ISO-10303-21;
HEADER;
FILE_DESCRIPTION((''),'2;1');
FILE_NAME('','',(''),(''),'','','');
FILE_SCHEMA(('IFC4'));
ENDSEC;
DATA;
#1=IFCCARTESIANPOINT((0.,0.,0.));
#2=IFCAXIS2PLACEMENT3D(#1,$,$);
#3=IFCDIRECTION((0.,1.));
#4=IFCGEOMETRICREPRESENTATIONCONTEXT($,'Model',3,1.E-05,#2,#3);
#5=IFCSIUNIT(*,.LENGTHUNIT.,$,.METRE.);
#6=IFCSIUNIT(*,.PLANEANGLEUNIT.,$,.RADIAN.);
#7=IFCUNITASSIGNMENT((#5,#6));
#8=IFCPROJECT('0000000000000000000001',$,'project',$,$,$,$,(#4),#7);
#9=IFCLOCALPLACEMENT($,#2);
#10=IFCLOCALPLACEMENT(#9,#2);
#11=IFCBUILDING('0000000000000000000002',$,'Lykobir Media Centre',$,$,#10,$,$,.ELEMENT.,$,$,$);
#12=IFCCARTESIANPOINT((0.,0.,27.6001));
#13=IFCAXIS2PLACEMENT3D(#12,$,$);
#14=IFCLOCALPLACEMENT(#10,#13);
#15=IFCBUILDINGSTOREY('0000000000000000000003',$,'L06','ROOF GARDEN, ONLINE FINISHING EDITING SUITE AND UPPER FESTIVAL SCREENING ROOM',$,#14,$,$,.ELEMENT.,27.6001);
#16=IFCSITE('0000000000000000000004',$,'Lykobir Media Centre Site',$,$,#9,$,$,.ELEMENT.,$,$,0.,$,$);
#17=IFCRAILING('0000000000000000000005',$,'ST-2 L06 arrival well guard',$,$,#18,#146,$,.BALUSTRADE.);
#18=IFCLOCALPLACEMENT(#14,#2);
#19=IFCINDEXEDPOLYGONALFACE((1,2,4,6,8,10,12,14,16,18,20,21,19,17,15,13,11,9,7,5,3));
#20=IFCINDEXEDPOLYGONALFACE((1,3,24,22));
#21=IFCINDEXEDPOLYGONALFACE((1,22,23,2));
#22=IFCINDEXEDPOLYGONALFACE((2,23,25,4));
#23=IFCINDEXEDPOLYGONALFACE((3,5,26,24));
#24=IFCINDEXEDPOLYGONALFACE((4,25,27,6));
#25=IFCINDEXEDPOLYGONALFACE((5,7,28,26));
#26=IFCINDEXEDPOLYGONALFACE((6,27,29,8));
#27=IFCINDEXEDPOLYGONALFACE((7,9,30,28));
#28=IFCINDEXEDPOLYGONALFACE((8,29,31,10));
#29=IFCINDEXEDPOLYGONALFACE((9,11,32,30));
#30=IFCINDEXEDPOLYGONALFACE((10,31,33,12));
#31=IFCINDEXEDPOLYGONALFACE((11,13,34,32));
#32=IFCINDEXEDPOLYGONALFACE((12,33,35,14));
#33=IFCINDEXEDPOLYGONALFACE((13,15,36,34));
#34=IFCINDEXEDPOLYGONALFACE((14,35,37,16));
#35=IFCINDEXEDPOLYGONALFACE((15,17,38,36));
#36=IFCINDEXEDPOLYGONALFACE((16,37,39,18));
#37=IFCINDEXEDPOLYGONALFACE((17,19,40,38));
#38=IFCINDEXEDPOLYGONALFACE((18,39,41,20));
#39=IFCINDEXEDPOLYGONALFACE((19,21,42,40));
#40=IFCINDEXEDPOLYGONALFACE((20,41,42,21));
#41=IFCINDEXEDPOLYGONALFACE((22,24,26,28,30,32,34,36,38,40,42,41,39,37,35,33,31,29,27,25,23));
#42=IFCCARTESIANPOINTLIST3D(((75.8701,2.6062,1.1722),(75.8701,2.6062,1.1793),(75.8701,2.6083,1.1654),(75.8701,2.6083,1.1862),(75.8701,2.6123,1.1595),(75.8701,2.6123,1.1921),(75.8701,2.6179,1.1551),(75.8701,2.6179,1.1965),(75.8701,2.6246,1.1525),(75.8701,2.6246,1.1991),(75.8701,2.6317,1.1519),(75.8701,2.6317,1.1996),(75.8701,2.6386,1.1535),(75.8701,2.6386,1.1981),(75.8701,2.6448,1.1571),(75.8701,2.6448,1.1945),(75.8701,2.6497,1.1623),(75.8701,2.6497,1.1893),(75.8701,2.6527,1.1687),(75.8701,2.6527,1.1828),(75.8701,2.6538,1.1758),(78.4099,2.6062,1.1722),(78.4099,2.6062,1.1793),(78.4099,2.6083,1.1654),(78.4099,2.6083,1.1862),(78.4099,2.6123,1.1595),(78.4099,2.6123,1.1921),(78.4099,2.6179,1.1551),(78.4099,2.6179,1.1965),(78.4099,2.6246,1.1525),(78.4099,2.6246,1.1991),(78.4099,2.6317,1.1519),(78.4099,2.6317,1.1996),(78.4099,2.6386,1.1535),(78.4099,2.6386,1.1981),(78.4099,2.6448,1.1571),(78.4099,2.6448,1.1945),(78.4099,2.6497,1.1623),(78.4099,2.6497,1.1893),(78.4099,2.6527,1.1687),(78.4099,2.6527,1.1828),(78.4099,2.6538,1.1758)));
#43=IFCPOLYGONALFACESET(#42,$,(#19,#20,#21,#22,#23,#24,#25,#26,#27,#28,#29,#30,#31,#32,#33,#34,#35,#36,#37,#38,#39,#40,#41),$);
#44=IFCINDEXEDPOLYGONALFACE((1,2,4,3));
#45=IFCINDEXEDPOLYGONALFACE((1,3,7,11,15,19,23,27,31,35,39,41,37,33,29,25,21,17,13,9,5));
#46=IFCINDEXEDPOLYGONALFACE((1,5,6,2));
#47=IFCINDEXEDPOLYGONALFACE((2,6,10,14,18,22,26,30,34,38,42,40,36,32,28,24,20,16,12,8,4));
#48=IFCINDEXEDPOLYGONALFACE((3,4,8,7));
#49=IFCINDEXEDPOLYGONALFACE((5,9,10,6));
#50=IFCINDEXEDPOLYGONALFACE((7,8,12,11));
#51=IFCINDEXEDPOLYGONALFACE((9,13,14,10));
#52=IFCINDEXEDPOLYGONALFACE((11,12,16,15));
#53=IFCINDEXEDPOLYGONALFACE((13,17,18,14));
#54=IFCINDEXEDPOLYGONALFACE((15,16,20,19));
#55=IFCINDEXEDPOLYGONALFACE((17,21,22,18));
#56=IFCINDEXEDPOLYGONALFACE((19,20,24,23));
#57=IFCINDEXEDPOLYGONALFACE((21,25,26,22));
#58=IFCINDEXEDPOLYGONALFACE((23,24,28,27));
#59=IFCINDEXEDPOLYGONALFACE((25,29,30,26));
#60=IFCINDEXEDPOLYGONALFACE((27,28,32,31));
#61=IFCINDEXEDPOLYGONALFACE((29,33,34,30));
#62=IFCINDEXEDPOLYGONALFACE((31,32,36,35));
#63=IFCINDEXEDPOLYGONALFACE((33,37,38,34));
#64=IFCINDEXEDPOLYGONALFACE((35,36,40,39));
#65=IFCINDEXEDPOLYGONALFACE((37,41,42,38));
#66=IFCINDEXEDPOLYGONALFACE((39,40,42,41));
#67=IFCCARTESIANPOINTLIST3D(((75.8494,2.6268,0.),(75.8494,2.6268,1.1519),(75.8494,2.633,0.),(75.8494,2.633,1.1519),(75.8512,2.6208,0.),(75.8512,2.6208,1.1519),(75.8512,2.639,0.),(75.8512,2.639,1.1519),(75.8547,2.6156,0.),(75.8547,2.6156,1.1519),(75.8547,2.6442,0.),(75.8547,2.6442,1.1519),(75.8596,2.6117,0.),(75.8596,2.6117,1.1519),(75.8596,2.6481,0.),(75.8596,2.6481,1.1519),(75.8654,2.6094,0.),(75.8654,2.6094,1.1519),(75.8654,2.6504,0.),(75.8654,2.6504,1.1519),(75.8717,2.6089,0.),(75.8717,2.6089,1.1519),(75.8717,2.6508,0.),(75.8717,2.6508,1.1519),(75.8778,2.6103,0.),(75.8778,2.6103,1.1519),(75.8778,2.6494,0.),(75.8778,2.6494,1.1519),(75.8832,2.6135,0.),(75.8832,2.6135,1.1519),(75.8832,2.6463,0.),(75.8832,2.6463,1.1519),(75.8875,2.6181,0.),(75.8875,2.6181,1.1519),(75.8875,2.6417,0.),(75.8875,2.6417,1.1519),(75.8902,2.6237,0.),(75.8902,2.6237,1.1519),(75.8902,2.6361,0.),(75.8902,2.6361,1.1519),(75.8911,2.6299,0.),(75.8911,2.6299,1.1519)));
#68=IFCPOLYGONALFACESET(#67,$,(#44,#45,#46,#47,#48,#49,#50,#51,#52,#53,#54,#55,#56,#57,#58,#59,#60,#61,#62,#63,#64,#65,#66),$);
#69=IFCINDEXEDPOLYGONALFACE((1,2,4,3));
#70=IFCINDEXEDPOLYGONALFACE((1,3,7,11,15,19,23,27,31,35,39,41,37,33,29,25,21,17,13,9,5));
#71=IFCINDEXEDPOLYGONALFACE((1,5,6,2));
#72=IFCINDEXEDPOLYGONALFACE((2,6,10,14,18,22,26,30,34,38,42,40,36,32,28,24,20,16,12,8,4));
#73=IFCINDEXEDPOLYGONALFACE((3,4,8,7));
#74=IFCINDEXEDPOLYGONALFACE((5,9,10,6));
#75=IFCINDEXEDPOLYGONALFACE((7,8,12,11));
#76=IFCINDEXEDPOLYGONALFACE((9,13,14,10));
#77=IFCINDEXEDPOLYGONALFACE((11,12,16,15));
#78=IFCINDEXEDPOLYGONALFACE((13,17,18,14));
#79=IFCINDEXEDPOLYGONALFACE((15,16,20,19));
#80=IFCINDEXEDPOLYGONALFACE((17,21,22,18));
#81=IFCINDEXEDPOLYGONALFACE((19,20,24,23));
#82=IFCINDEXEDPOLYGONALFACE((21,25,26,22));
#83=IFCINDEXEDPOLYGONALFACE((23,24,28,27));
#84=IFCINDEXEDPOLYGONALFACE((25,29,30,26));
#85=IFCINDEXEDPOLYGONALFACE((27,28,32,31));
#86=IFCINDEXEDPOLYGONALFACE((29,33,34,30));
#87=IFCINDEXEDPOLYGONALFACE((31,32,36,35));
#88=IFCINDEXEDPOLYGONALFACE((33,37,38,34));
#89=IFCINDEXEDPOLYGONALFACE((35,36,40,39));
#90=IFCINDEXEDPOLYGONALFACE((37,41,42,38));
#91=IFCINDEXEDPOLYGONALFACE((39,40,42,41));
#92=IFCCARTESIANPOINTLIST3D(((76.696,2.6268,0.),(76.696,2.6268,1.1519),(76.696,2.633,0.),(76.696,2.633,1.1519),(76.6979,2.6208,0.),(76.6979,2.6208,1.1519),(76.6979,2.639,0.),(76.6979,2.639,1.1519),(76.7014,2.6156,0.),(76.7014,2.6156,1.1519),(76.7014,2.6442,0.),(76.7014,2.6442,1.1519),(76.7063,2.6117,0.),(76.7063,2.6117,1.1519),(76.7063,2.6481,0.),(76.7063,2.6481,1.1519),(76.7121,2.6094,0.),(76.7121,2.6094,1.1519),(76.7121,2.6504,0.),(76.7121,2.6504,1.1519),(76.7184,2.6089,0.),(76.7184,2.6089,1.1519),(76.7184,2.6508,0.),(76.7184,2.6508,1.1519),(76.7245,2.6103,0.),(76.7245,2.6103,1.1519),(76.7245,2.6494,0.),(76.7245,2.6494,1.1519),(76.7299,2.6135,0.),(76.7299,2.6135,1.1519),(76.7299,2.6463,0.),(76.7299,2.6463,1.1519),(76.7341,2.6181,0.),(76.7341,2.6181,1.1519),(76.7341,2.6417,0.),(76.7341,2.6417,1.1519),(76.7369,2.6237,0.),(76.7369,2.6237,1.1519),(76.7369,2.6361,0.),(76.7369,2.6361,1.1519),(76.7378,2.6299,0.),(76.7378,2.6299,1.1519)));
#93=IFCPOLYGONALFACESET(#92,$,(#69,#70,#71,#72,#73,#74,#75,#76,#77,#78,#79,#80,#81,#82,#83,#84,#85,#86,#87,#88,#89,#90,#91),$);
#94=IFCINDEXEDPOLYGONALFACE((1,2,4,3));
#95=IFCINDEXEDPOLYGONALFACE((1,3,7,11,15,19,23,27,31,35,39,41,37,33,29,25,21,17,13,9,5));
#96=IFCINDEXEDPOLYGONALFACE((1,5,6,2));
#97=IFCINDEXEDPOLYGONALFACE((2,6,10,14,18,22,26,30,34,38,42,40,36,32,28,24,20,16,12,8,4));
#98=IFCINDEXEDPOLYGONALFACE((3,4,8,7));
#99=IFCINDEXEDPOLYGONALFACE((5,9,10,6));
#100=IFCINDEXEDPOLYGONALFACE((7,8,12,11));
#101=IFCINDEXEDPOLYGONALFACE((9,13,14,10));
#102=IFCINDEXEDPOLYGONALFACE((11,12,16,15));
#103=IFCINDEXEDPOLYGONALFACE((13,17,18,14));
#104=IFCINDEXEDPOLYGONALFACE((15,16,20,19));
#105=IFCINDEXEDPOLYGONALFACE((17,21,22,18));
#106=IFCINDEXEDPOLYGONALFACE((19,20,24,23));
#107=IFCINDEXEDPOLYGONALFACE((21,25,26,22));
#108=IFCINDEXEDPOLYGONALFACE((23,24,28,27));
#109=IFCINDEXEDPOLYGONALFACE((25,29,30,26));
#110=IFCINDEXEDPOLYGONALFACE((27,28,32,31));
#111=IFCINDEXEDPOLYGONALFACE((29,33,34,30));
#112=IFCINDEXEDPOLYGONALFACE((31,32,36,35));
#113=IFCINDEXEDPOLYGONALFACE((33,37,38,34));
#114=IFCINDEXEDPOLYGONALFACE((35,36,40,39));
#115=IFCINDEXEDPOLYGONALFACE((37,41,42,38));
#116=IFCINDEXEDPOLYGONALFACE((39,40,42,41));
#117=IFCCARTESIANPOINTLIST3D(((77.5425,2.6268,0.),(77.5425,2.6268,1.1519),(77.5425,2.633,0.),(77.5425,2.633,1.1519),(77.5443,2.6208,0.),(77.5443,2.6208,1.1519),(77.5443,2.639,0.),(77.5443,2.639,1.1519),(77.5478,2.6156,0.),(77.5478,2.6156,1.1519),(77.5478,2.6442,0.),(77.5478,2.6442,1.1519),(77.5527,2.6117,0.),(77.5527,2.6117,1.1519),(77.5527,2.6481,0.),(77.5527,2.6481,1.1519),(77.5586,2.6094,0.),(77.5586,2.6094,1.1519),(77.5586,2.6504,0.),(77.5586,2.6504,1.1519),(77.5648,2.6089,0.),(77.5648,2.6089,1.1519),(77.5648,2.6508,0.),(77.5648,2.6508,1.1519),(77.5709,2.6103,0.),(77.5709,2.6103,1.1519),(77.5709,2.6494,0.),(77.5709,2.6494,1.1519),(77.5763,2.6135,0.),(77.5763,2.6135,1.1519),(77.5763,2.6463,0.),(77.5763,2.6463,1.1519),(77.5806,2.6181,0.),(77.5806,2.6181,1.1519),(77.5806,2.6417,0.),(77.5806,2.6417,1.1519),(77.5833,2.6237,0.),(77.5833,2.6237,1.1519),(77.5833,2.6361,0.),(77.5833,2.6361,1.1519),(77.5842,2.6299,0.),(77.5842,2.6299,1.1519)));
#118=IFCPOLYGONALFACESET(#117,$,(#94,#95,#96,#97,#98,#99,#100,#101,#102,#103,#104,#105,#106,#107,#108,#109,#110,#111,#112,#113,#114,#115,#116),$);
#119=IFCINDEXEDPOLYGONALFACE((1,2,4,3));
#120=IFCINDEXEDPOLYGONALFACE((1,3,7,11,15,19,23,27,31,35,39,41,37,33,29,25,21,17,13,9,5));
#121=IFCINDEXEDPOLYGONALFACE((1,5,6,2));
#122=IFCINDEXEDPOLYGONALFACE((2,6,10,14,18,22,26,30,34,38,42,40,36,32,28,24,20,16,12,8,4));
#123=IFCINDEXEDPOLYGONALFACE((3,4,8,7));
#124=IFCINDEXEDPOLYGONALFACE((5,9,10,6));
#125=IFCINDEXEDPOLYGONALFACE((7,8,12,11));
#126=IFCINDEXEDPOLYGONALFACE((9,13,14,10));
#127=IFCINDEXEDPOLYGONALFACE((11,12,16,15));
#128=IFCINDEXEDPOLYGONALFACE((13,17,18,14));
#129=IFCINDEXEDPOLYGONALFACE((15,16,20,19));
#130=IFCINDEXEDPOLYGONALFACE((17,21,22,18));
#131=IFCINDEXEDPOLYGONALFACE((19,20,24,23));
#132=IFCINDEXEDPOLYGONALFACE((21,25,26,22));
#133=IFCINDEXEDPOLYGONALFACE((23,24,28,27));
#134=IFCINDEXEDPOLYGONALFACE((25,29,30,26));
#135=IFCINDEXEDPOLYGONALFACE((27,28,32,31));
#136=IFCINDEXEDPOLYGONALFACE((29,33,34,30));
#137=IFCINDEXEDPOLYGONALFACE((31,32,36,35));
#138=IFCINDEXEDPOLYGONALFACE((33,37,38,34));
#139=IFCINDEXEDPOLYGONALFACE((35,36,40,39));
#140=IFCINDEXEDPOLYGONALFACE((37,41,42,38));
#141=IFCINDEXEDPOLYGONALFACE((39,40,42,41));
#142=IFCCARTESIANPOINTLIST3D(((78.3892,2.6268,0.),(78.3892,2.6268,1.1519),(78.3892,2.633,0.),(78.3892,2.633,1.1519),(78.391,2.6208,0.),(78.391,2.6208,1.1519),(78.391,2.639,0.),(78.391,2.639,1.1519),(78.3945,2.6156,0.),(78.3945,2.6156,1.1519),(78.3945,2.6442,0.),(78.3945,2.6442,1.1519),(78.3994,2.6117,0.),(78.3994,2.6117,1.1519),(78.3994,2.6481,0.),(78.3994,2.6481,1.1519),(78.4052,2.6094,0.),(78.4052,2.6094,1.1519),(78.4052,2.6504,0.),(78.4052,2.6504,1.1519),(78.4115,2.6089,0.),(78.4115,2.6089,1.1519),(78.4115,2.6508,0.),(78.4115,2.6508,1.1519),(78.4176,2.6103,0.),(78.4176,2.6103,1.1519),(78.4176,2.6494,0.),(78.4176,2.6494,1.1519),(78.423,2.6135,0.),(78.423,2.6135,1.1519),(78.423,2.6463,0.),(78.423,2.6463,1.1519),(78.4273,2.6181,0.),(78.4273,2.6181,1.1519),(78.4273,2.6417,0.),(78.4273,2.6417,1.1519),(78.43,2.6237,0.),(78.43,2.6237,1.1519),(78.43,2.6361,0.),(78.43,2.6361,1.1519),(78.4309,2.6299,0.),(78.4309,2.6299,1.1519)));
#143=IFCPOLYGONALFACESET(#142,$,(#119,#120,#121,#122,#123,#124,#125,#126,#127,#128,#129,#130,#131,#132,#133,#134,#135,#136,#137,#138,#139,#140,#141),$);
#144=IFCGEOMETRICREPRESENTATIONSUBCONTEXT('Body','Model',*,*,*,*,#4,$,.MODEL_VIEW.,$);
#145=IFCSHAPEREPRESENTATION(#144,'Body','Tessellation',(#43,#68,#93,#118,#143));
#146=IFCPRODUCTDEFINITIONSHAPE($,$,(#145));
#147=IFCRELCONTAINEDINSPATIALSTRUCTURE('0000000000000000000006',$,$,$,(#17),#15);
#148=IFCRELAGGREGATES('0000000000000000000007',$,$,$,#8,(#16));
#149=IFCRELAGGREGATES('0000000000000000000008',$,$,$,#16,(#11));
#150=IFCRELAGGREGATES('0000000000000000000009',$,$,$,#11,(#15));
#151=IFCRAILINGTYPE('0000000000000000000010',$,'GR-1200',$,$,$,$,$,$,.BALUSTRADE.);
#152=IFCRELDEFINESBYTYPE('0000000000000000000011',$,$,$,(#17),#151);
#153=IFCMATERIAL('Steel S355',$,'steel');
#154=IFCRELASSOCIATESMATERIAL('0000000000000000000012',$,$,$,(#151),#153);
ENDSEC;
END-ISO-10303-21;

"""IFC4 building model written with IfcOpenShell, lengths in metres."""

from ifc_helpers import new_model, si_unit, direction, frame, origin, origin_2d, place, context, subcontext, project, spatial, circle, extrude, material, type_object, element, save


model = new_model("IFC4")

# Units and contexts
model_context = context("Model", 3, precision=1e-05, world=origin(), true_north=direction((0.0, 1.0)))
body_context = subcontext(model_context, "Body", "Model", "MODEL_VIEW")
ifc_project = project(units=[si_unit("LENGTHUNIT", "METRE"), si_unit("PLANEANGLEUNIT", "RADIAN")], contexts=[model_context])

# Site, building, storey
site_placement = place(None, origin())
site = spatial("IfcSite", under=ifc_project, at=site_placement, Name="Lykobir Media Centre Site", CompositionType="ELEMENT", RefElevation=0.0)
building_placement = place(site_placement, origin())
building = spatial("IfcBuilding", under=site, at=building_placement, Name="Lykobir Media Centre", CompositionType="ELEMENT")
storey_placement = place(building_placement, frame((0.0, 0.0, 27.6001)))
storey = spatial("IfcBuildingStorey", under=building, at=storey_placement, Name="L06", Description="ROOF GARDEN, ONLINE FINISHING EDITING SUITE AND UPPER FESTIVAL SCREENING ROOM", CompositionType="ELEMENT", Elevation=27.6001)

# Shared definitions
ifc_material_1 = material(Name="Steel S355", Category="steel")

# Railing
railing_type_1 = type_object("IfcRailingType", Name="GR-1200", PredefinedType="BALUSTRADE", material=ifc_material_1)
railing_1_placement = place(storey_placement, frame((75.8701, 2.6299, 0.0)))
element("IfcRailing", 1, at=railing_1_placement, inside=storey, type_object=railing_type_1, Name="ST-2 L06 arrival well guard", PredefinedType="BALUSTRADE", context=body_context, shape_type="SweptSolid", body=[
    extrude(circle(Radius=0.0239, at=origin_2d()), frame((0.0, 0.0, 1.1758), z_axis=(1.0, 0.0, 0.0), x_axis=(0.0, 1.0, 0.0)), (0.0, 0.0, 1.0), 2.5398),
    extrude(circle(Radius=0.021, at=origin_2d()), origin(), (0.0, 0.0, 1.0), 1.1519),
    extrude(circle(Radius=0.021, at=origin_2d()), frame((0.8467, 0.0, 0.0)), (0.0, 0.0, 1.0), 1.1519),
    extrude(circle(Radius=0.021, at=origin_2d()), frame((1.6931, 0.0, 0.0)), (0.0, 0.0, 1.0), 1.1519),
    extrude(circle(Radius=0.021, at=origin_2d()), frame((2.5398, 0.0, 0.0)), (0.0, 0.0, 1.0), 1.1519),
])

save(model, "model.ifc")
